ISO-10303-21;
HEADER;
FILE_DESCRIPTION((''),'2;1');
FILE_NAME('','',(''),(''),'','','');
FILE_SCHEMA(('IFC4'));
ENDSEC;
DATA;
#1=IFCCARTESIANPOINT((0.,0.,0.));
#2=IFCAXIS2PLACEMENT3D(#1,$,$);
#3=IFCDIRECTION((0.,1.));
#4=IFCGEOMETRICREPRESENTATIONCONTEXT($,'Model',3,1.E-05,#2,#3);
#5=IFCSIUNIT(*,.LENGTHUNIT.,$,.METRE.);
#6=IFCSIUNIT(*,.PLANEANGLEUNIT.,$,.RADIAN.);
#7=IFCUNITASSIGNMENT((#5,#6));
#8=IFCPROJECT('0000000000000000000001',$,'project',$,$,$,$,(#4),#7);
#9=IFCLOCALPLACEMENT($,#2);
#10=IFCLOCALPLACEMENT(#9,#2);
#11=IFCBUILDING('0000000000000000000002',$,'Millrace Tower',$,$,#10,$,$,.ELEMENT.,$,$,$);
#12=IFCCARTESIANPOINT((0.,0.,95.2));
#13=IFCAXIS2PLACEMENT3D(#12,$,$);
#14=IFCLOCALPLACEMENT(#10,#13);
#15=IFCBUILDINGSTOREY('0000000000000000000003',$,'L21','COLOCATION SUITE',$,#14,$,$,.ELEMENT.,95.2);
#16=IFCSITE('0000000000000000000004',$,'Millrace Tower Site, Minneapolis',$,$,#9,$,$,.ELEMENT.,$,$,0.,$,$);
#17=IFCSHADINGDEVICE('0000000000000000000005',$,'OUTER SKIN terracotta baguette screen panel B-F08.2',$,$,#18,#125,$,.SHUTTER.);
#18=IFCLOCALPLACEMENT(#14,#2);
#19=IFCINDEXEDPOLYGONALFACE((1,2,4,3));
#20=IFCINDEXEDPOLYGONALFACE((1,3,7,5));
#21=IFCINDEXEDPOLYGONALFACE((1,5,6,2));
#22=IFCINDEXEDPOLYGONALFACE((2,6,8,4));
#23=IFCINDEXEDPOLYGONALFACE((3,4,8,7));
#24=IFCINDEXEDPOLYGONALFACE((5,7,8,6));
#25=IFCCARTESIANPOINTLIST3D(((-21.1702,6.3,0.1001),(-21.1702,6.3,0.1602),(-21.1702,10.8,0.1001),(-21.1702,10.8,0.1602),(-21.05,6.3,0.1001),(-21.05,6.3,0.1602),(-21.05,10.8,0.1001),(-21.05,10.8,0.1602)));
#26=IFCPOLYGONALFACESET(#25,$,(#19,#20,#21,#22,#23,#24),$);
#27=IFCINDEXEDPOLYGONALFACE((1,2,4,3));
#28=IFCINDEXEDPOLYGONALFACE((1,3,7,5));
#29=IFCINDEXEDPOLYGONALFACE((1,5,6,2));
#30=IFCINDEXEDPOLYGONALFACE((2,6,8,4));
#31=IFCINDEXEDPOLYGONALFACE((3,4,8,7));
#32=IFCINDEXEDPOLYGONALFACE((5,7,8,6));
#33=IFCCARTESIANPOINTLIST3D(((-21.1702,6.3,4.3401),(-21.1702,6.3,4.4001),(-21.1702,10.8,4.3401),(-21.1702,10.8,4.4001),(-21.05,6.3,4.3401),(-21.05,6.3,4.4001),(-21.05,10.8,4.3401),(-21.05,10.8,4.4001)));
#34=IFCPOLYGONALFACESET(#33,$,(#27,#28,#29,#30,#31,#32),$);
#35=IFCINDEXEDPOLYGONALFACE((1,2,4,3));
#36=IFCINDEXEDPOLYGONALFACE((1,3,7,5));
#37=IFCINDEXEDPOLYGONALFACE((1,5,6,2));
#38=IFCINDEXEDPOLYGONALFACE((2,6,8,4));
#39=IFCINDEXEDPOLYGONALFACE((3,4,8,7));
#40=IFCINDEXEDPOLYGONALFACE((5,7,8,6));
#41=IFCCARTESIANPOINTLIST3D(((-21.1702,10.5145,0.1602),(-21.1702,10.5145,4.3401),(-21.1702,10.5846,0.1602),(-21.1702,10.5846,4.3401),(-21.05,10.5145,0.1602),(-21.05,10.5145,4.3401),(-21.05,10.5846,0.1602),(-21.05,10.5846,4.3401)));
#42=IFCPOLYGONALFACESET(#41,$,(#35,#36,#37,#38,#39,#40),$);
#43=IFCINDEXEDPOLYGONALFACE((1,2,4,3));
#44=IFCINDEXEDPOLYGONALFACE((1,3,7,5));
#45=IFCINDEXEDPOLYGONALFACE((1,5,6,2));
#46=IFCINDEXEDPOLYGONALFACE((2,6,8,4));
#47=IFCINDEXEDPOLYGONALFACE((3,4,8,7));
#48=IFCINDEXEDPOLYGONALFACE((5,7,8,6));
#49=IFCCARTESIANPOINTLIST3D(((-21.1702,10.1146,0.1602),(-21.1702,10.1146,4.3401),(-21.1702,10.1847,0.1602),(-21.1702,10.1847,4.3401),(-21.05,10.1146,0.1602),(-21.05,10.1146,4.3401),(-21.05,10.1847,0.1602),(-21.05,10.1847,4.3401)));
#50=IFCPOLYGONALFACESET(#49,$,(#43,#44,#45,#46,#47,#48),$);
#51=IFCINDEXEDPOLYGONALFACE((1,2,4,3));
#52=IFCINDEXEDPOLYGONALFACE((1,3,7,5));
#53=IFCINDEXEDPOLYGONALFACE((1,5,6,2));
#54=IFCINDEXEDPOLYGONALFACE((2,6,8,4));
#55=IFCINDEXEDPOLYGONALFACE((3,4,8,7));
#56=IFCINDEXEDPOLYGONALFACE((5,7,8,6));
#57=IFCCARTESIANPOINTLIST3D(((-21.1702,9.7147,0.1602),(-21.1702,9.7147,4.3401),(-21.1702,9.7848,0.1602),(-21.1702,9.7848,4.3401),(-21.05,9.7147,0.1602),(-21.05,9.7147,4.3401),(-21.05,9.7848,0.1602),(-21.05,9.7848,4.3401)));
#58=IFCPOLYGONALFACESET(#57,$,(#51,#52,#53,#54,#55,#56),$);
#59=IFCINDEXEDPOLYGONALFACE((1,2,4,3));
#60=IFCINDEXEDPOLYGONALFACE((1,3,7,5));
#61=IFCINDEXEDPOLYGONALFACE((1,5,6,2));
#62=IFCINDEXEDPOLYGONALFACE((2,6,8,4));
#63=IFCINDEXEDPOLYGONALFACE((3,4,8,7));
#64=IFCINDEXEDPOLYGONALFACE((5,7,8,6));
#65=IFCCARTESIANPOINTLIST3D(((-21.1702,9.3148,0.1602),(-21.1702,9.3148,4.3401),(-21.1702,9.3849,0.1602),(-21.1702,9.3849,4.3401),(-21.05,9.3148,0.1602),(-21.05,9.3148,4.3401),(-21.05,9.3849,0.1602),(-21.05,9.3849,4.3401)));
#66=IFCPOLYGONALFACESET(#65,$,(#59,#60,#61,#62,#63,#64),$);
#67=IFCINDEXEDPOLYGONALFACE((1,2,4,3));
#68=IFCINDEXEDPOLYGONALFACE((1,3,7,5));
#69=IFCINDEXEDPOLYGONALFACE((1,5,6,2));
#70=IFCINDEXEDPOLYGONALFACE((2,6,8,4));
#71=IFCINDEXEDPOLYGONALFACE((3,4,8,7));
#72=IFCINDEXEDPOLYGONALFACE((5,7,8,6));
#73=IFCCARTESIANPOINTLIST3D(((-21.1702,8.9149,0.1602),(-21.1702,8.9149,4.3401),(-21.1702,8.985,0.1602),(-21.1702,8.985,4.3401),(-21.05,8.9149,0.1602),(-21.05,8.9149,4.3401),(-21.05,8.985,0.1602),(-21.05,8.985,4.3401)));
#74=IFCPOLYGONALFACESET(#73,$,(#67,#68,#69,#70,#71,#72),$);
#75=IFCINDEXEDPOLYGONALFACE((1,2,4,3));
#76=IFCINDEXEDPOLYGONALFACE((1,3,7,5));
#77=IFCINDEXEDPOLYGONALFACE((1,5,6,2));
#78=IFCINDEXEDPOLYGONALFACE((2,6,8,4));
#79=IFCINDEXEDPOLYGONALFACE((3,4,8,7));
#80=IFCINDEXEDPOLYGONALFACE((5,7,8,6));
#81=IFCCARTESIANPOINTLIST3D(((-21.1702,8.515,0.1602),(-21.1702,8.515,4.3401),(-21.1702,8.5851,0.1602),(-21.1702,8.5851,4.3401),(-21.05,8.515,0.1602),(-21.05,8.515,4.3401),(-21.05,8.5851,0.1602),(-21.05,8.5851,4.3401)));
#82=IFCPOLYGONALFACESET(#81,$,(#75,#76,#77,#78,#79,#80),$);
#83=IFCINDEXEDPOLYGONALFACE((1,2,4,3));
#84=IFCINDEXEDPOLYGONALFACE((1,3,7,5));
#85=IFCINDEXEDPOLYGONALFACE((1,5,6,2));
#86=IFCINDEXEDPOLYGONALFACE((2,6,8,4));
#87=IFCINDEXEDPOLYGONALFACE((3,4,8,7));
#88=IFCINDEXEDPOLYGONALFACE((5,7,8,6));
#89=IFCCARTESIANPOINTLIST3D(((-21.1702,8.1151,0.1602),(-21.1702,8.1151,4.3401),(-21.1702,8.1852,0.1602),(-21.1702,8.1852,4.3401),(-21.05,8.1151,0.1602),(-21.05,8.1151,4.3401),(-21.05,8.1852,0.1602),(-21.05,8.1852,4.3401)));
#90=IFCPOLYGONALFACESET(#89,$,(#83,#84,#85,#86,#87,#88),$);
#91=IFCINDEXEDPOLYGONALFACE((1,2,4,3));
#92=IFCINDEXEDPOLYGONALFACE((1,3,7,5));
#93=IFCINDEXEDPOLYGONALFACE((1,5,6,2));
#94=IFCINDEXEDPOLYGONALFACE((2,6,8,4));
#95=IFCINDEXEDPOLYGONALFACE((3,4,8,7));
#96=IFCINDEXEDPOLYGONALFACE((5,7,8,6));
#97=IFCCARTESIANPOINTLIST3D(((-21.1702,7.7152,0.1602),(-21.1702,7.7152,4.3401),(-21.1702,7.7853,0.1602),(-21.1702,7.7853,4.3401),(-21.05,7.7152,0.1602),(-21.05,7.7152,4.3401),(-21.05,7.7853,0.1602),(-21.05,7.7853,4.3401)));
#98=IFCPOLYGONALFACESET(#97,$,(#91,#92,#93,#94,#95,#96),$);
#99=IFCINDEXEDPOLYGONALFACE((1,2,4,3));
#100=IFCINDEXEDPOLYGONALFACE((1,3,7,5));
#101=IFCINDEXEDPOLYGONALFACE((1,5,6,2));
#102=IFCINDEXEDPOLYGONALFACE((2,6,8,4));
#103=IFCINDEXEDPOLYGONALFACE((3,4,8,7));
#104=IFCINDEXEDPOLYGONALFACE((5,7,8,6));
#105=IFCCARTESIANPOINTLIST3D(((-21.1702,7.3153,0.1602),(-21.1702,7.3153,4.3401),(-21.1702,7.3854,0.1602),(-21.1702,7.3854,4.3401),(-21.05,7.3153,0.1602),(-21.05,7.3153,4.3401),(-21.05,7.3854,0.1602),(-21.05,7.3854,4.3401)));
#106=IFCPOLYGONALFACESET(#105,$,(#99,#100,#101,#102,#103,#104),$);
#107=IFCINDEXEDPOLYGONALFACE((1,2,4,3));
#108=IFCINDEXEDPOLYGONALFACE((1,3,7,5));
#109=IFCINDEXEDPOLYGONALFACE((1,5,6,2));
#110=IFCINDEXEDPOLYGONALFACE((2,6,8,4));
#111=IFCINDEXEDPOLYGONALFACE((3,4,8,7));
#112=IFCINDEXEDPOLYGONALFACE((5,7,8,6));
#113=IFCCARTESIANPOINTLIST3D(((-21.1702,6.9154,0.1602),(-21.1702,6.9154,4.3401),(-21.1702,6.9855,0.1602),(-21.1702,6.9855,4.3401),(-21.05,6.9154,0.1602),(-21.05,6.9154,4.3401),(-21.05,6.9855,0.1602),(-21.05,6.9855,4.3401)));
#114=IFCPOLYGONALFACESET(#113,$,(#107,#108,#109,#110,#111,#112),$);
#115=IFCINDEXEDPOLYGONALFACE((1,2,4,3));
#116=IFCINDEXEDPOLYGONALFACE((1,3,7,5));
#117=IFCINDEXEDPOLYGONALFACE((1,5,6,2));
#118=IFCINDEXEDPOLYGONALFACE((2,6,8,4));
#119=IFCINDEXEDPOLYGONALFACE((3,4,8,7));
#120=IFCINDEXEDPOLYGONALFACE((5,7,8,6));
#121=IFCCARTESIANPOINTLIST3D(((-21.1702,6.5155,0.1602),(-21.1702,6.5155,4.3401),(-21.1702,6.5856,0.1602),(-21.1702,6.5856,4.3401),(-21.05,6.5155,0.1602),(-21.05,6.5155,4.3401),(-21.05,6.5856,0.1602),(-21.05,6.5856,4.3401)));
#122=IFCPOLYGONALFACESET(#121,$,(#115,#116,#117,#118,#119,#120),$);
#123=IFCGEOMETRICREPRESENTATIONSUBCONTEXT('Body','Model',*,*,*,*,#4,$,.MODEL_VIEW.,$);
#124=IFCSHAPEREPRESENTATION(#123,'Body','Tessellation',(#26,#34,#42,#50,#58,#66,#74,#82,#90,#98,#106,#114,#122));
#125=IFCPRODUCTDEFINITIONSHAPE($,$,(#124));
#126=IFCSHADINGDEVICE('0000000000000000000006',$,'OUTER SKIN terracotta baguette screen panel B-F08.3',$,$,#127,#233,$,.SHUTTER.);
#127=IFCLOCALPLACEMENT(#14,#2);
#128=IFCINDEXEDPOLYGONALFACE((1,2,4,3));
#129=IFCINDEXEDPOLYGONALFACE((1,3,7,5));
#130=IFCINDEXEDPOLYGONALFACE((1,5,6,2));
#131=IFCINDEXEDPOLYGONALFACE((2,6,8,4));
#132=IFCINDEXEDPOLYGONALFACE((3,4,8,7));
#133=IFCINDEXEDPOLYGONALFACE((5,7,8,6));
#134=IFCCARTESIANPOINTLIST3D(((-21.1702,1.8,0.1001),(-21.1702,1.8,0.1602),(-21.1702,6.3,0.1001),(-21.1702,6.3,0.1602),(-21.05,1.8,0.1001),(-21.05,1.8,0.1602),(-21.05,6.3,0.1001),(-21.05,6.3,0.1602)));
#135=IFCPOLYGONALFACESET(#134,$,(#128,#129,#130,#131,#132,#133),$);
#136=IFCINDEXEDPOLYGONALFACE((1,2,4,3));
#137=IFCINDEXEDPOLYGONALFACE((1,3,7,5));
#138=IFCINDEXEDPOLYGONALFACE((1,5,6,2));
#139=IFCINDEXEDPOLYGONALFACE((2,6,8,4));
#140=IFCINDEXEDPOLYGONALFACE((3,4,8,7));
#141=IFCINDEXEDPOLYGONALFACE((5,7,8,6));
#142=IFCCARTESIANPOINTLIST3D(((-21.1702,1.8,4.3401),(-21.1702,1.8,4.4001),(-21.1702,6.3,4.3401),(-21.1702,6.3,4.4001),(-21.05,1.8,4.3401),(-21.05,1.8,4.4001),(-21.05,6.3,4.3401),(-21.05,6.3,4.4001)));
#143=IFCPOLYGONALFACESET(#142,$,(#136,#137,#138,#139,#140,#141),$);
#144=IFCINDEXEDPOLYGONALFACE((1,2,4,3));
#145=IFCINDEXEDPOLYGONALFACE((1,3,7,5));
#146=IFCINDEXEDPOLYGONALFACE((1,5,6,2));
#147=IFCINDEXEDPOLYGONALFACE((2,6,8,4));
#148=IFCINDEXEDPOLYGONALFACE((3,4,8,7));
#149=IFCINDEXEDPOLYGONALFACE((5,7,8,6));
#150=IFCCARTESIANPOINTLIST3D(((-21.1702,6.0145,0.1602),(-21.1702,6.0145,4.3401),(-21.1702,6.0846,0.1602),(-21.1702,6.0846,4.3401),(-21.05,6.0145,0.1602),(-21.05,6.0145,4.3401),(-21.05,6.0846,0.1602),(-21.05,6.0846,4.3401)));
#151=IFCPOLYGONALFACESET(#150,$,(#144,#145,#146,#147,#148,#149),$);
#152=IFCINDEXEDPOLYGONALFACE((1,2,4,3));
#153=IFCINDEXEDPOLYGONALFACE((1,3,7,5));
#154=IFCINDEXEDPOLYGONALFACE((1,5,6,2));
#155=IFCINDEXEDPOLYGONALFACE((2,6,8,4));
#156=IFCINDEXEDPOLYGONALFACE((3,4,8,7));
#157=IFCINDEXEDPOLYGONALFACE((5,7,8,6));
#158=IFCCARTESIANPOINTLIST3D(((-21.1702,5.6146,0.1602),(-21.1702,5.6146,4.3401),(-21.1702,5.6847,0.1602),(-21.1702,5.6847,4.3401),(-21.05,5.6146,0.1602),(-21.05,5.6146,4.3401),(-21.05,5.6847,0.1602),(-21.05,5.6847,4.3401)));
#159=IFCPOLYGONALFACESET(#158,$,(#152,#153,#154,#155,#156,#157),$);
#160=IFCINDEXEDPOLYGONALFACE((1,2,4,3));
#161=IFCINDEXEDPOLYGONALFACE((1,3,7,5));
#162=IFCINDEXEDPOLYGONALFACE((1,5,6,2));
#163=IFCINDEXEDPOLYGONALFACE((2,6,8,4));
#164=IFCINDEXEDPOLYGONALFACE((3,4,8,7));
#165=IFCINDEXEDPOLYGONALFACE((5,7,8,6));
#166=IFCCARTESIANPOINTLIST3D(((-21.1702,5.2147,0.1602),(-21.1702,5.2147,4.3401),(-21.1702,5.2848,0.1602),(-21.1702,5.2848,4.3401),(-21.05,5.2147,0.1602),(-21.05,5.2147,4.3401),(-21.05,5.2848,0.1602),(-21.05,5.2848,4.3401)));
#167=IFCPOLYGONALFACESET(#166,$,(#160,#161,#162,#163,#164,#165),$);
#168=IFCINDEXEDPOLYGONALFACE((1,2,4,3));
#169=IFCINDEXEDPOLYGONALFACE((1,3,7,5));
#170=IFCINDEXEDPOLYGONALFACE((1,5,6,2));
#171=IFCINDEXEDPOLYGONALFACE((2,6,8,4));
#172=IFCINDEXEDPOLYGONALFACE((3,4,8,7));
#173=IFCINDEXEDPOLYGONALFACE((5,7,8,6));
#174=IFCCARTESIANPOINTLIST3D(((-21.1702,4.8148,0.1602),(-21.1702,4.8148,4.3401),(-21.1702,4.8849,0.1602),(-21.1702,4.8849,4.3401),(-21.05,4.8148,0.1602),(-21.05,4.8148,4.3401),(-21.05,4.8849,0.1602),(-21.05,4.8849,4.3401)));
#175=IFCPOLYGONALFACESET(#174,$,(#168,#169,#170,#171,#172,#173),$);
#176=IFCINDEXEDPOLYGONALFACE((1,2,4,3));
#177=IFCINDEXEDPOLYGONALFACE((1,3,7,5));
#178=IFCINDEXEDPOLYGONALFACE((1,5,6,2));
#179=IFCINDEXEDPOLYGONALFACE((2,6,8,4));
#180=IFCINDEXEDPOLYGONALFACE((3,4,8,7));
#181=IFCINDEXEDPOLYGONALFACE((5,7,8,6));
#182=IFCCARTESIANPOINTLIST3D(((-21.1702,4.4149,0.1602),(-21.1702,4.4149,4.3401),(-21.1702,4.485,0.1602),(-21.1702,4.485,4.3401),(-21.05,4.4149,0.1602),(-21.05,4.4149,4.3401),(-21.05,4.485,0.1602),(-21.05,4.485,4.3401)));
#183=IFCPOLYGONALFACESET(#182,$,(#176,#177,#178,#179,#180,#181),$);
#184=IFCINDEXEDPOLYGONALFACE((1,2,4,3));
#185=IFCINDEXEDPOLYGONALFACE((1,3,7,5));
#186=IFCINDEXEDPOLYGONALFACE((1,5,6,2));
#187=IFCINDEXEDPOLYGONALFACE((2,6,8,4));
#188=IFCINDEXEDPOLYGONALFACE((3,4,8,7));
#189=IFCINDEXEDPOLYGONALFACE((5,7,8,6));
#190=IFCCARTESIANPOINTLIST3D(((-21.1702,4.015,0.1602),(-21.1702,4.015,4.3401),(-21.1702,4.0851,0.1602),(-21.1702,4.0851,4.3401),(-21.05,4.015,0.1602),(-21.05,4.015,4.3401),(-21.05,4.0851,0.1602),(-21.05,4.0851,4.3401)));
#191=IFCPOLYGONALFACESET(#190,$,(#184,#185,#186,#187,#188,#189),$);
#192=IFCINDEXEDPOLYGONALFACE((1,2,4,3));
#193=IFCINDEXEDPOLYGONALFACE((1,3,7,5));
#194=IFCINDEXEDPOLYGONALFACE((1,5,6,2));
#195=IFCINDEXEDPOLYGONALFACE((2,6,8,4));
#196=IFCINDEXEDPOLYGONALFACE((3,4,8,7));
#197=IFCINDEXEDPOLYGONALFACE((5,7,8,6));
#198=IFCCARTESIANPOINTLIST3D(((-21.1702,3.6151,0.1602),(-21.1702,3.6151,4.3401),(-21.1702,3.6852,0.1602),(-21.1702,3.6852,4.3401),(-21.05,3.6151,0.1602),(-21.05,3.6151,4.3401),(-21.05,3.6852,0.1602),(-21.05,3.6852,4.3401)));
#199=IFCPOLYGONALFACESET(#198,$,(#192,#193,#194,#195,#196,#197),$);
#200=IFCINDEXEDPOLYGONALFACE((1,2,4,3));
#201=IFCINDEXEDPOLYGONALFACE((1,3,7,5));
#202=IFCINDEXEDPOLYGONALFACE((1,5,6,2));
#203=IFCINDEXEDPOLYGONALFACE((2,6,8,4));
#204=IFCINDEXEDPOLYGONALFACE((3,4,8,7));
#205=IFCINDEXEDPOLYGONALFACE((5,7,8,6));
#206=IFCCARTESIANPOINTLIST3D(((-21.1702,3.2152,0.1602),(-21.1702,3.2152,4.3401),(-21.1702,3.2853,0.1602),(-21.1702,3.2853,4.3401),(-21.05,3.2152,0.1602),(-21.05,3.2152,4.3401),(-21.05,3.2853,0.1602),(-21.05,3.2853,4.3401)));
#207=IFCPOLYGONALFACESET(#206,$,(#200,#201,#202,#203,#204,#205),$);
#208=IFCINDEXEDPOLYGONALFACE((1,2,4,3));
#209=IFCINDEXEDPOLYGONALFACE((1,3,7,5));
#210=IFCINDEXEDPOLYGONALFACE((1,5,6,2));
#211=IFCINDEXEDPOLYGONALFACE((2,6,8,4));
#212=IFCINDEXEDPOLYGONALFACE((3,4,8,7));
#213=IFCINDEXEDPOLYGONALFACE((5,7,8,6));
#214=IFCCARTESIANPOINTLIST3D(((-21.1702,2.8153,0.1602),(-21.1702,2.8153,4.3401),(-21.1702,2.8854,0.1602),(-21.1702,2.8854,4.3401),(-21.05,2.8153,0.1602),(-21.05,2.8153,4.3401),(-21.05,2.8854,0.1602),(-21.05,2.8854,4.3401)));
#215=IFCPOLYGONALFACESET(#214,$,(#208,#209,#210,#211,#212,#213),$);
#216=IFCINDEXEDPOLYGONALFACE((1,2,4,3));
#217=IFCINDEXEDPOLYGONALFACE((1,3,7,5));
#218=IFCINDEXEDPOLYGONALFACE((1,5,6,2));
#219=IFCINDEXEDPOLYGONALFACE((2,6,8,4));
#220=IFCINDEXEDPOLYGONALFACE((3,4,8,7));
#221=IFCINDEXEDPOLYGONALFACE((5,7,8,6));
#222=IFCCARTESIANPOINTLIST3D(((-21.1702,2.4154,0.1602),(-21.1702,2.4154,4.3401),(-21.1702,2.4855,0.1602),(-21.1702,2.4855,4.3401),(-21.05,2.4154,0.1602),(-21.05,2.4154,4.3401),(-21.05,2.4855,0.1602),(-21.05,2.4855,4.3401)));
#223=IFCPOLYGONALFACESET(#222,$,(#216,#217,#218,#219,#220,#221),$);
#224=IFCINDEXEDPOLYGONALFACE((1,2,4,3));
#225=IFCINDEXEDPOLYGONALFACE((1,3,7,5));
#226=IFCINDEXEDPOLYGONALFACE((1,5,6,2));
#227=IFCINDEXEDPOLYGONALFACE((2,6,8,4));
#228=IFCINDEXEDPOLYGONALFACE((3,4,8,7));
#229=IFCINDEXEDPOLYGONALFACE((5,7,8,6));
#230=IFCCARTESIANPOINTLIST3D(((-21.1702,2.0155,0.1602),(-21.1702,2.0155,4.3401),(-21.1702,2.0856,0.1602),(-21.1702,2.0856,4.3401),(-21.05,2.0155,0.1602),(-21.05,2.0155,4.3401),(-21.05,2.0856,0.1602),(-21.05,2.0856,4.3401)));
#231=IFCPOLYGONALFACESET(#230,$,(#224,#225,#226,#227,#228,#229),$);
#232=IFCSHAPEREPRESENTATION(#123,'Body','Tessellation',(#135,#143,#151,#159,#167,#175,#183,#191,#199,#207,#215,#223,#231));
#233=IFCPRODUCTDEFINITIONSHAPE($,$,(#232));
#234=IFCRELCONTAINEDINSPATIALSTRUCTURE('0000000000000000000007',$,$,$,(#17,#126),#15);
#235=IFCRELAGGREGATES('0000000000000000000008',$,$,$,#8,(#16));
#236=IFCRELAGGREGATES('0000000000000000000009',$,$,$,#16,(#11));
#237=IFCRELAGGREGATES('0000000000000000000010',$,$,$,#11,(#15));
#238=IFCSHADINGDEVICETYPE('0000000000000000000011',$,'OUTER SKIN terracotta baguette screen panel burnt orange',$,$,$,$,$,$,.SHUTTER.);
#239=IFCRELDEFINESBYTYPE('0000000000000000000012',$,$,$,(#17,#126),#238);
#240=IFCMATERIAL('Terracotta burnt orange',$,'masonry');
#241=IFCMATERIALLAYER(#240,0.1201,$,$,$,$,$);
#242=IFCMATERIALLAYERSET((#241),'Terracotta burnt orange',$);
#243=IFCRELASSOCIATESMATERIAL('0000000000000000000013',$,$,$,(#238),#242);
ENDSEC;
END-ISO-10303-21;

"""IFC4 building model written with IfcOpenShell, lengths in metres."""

from ifc_helpers import new_model, entity, si_unit, direction, frame, frame_2d, origin, origin_2d, place, context, subcontext, project, spatial, rectangle, extrude, source, transform, mapped, material, layer, layer_set, type_object, element, save


model = new_model("IFC4")

# Units and contexts
model_context = context("Model", 3, precision=1e-05, world=origin(), true_north=direction((0.0, 1.0)))
body_context = subcontext(model_context, "Body", "Model", "MODEL_VIEW")
ifc_project = project(units=[si_unit("LENGTHUNIT", "METRE"), si_unit("PLANEANGLEUNIT", "RADIAN")], contexts=[model_context])

# Site, building, storey
site_placement = place(None, origin())
site = spatial("IfcSite", under=ifc_project, at=site_placement, Name="Millrace Tower Site, Minneapolis", CompositionType="ELEMENT", RefElevation=0.0)
building_placement = place(site_placement, origin())
building = spatial("IfcBuilding", under=site, at=building_placement, Name="Millrace Tower", CompositionType="ELEMENT")
storey_placement = place(building_placement, frame((0.0, 0.0, 95.2)))
storey = spatial("IfcBuildingStorey", under=building, at=storey_placement, Name="L21", Description="COLOCATION SUITE", CompositionType="ELEMENT", Elevation=95.2)

# Shading devices
ifc_material_1 = material(Name="Terracotta burnt orange", Category="masonry")
ifc_layer_1 = layer(ifc_material_1, 0.1201)
ifc_layer_set_1 = layer_set([ifc_layer_1], Name="Terracotta burnt orange")
shading_device_type = type_object("IfcShadingDeviceType", Name="OUTER SKIN terracotta baguette screen panel burnt orange", PredefinedType="SHUTTER", material=ifc_layer_set_1)
cartesian_point = entity("IfcCartesianPoint", [-2.25, 0.0601])
shared_polyline = entity("IfcPolyline", [cartesian_point, entity("IfcCartesianPoint", [2.25, 0.0601]), entity("IfcCartesianPoint", [2.25, -0.0601]), entity("IfcCartesianPoint", [-2.25, -0.0601]), cartesian_point])
shared_shape = source(origin(), body_context, "Body", "SweptSolid", [
    entity("IfcExtrudedAreaSolid", entity("IfcArbitraryClosedProfileDef", "AREA", None, shared_polyline), entity("IfcAxis2Placement3D", entity("IfcCartesianPoint", [0.0, 0.0, 0.0])), entity("IfcDirection", [0.0, 0.0, 1.0]), 0.0601),
    entity("IfcExtrudedAreaSolid", entity("IfcArbitraryClosedProfileDef", "AREA", None, shared_polyline), entity("IfcAxis2Placement3D", entity("IfcCartesianPoint", [0.0, 0.0, 4.24])), entity("IfcDirection", [0.0, 0.0, 1.0]), 0.0601),
    extrude(rectangle(XDim=0.0701, YDim=0.1201, at=frame_2d((-1.9995, 0.0))), frame((0.0, 0.0, 0.0601)), (0.0, 0.0, 1.0), 4.1799),
    extrude(rectangle(XDim=0.0701, YDim=0.1201, at=frame_2d((-1.5996, 0.0))), frame((0.0, 0.0, 0.0601)), (0.0, 0.0, 1.0), 4.1799),
    extrude(rectangle(XDim=0.0701, YDim=0.1201, at=frame_2d((-1.1997, 0.0))), frame((0.0, 0.0, 0.0601)), (0.0, 0.0, 1.0), 4.1799),
    extrude(rectangle(XDim=0.0701, YDim=0.1201, at=frame_2d((-0.7998, 0.0))), frame((0.0, 0.0, 0.0601)), (0.0, 0.0, 1.0), 4.1799),
    extrude(rectangle(XDim=0.0701, YDim=0.1201, at=frame_2d((-0.3999, 0.0))), frame((0.0, 0.0, 0.0601)), (0.0, 0.0, 1.0), 4.1799),
    extrude(rectangle(XDim=0.0701, YDim=0.1201, at=origin_2d()), frame((0.0, 0.0, 0.0601)), (0.0, 0.0, 1.0), 4.1799),
    extrude(rectangle(XDim=0.0701, YDim=0.1201, at=frame_2d((0.3999, 0.0))), frame((0.0, 0.0, 0.0601)), (0.0, 0.0, 1.0), 4.1799),
    extrude(rectangle(XDim=0.0701, YDim=0.1201, at=frame_2d((0.7998, 0.0))), frame((0.0, 0.0, 0.0601)), (0.0, 0.0, 1.0), 4.1799),
    extrude(rectangle(XDim=0.0701, YDim=0.1201, at=frame_2d((1.1997, 0.0))), frame((0.0, 0.0, 0.0601)), (0.0, 0.0, 1.0), 4.1799),
    extrude(rectangle(XDim=0.0701, YDim=0.1201, at=frame_2d((1.5996, 0.0))), frame((0.0, 0.0, 0.0601)), (0.0, 0.0, 1.0), 4.1799),
    extrude(rectangle(XDim=0.0701, YDim=0.1201, at=frame_2d((1.9995, 0.0))), frame((0.0, 0.0, 0.0601)), (0.0, 0.0, 1.0), 4.1799),
])
for number, where, z_axis, x_axis, name in (
    (1, (-21.1101, 8.55, 0.1001), (0.0, 0.0, 1.0), (0.0, -1.0, 0.0), "OUTER SKIN terracotta baguette screen panel B-F08.2"),
    (2, (-21.1101, 4.05, 0.1001), (0.0, 0.0, 1.0), (0.0, -1.0, 0.0), "OUTER SKIN terracotta baguette screen panel B-F08.3"),
):
    element("IfcShadingDevice", number, at=place(storey_placement, frame(where, z_axis=z_axis, x_axis=x_axis)), inside=storey, type_object=shading_device_type, Name=name, PredefinedType="SHUTTER", context=body_context, shape_type="MappedRepresentation", body=[
        mapped(shared_shape, transform((0.0, 0.0, 0.0), scale=1.0)),
    ])

save(model, "model.ifc")
